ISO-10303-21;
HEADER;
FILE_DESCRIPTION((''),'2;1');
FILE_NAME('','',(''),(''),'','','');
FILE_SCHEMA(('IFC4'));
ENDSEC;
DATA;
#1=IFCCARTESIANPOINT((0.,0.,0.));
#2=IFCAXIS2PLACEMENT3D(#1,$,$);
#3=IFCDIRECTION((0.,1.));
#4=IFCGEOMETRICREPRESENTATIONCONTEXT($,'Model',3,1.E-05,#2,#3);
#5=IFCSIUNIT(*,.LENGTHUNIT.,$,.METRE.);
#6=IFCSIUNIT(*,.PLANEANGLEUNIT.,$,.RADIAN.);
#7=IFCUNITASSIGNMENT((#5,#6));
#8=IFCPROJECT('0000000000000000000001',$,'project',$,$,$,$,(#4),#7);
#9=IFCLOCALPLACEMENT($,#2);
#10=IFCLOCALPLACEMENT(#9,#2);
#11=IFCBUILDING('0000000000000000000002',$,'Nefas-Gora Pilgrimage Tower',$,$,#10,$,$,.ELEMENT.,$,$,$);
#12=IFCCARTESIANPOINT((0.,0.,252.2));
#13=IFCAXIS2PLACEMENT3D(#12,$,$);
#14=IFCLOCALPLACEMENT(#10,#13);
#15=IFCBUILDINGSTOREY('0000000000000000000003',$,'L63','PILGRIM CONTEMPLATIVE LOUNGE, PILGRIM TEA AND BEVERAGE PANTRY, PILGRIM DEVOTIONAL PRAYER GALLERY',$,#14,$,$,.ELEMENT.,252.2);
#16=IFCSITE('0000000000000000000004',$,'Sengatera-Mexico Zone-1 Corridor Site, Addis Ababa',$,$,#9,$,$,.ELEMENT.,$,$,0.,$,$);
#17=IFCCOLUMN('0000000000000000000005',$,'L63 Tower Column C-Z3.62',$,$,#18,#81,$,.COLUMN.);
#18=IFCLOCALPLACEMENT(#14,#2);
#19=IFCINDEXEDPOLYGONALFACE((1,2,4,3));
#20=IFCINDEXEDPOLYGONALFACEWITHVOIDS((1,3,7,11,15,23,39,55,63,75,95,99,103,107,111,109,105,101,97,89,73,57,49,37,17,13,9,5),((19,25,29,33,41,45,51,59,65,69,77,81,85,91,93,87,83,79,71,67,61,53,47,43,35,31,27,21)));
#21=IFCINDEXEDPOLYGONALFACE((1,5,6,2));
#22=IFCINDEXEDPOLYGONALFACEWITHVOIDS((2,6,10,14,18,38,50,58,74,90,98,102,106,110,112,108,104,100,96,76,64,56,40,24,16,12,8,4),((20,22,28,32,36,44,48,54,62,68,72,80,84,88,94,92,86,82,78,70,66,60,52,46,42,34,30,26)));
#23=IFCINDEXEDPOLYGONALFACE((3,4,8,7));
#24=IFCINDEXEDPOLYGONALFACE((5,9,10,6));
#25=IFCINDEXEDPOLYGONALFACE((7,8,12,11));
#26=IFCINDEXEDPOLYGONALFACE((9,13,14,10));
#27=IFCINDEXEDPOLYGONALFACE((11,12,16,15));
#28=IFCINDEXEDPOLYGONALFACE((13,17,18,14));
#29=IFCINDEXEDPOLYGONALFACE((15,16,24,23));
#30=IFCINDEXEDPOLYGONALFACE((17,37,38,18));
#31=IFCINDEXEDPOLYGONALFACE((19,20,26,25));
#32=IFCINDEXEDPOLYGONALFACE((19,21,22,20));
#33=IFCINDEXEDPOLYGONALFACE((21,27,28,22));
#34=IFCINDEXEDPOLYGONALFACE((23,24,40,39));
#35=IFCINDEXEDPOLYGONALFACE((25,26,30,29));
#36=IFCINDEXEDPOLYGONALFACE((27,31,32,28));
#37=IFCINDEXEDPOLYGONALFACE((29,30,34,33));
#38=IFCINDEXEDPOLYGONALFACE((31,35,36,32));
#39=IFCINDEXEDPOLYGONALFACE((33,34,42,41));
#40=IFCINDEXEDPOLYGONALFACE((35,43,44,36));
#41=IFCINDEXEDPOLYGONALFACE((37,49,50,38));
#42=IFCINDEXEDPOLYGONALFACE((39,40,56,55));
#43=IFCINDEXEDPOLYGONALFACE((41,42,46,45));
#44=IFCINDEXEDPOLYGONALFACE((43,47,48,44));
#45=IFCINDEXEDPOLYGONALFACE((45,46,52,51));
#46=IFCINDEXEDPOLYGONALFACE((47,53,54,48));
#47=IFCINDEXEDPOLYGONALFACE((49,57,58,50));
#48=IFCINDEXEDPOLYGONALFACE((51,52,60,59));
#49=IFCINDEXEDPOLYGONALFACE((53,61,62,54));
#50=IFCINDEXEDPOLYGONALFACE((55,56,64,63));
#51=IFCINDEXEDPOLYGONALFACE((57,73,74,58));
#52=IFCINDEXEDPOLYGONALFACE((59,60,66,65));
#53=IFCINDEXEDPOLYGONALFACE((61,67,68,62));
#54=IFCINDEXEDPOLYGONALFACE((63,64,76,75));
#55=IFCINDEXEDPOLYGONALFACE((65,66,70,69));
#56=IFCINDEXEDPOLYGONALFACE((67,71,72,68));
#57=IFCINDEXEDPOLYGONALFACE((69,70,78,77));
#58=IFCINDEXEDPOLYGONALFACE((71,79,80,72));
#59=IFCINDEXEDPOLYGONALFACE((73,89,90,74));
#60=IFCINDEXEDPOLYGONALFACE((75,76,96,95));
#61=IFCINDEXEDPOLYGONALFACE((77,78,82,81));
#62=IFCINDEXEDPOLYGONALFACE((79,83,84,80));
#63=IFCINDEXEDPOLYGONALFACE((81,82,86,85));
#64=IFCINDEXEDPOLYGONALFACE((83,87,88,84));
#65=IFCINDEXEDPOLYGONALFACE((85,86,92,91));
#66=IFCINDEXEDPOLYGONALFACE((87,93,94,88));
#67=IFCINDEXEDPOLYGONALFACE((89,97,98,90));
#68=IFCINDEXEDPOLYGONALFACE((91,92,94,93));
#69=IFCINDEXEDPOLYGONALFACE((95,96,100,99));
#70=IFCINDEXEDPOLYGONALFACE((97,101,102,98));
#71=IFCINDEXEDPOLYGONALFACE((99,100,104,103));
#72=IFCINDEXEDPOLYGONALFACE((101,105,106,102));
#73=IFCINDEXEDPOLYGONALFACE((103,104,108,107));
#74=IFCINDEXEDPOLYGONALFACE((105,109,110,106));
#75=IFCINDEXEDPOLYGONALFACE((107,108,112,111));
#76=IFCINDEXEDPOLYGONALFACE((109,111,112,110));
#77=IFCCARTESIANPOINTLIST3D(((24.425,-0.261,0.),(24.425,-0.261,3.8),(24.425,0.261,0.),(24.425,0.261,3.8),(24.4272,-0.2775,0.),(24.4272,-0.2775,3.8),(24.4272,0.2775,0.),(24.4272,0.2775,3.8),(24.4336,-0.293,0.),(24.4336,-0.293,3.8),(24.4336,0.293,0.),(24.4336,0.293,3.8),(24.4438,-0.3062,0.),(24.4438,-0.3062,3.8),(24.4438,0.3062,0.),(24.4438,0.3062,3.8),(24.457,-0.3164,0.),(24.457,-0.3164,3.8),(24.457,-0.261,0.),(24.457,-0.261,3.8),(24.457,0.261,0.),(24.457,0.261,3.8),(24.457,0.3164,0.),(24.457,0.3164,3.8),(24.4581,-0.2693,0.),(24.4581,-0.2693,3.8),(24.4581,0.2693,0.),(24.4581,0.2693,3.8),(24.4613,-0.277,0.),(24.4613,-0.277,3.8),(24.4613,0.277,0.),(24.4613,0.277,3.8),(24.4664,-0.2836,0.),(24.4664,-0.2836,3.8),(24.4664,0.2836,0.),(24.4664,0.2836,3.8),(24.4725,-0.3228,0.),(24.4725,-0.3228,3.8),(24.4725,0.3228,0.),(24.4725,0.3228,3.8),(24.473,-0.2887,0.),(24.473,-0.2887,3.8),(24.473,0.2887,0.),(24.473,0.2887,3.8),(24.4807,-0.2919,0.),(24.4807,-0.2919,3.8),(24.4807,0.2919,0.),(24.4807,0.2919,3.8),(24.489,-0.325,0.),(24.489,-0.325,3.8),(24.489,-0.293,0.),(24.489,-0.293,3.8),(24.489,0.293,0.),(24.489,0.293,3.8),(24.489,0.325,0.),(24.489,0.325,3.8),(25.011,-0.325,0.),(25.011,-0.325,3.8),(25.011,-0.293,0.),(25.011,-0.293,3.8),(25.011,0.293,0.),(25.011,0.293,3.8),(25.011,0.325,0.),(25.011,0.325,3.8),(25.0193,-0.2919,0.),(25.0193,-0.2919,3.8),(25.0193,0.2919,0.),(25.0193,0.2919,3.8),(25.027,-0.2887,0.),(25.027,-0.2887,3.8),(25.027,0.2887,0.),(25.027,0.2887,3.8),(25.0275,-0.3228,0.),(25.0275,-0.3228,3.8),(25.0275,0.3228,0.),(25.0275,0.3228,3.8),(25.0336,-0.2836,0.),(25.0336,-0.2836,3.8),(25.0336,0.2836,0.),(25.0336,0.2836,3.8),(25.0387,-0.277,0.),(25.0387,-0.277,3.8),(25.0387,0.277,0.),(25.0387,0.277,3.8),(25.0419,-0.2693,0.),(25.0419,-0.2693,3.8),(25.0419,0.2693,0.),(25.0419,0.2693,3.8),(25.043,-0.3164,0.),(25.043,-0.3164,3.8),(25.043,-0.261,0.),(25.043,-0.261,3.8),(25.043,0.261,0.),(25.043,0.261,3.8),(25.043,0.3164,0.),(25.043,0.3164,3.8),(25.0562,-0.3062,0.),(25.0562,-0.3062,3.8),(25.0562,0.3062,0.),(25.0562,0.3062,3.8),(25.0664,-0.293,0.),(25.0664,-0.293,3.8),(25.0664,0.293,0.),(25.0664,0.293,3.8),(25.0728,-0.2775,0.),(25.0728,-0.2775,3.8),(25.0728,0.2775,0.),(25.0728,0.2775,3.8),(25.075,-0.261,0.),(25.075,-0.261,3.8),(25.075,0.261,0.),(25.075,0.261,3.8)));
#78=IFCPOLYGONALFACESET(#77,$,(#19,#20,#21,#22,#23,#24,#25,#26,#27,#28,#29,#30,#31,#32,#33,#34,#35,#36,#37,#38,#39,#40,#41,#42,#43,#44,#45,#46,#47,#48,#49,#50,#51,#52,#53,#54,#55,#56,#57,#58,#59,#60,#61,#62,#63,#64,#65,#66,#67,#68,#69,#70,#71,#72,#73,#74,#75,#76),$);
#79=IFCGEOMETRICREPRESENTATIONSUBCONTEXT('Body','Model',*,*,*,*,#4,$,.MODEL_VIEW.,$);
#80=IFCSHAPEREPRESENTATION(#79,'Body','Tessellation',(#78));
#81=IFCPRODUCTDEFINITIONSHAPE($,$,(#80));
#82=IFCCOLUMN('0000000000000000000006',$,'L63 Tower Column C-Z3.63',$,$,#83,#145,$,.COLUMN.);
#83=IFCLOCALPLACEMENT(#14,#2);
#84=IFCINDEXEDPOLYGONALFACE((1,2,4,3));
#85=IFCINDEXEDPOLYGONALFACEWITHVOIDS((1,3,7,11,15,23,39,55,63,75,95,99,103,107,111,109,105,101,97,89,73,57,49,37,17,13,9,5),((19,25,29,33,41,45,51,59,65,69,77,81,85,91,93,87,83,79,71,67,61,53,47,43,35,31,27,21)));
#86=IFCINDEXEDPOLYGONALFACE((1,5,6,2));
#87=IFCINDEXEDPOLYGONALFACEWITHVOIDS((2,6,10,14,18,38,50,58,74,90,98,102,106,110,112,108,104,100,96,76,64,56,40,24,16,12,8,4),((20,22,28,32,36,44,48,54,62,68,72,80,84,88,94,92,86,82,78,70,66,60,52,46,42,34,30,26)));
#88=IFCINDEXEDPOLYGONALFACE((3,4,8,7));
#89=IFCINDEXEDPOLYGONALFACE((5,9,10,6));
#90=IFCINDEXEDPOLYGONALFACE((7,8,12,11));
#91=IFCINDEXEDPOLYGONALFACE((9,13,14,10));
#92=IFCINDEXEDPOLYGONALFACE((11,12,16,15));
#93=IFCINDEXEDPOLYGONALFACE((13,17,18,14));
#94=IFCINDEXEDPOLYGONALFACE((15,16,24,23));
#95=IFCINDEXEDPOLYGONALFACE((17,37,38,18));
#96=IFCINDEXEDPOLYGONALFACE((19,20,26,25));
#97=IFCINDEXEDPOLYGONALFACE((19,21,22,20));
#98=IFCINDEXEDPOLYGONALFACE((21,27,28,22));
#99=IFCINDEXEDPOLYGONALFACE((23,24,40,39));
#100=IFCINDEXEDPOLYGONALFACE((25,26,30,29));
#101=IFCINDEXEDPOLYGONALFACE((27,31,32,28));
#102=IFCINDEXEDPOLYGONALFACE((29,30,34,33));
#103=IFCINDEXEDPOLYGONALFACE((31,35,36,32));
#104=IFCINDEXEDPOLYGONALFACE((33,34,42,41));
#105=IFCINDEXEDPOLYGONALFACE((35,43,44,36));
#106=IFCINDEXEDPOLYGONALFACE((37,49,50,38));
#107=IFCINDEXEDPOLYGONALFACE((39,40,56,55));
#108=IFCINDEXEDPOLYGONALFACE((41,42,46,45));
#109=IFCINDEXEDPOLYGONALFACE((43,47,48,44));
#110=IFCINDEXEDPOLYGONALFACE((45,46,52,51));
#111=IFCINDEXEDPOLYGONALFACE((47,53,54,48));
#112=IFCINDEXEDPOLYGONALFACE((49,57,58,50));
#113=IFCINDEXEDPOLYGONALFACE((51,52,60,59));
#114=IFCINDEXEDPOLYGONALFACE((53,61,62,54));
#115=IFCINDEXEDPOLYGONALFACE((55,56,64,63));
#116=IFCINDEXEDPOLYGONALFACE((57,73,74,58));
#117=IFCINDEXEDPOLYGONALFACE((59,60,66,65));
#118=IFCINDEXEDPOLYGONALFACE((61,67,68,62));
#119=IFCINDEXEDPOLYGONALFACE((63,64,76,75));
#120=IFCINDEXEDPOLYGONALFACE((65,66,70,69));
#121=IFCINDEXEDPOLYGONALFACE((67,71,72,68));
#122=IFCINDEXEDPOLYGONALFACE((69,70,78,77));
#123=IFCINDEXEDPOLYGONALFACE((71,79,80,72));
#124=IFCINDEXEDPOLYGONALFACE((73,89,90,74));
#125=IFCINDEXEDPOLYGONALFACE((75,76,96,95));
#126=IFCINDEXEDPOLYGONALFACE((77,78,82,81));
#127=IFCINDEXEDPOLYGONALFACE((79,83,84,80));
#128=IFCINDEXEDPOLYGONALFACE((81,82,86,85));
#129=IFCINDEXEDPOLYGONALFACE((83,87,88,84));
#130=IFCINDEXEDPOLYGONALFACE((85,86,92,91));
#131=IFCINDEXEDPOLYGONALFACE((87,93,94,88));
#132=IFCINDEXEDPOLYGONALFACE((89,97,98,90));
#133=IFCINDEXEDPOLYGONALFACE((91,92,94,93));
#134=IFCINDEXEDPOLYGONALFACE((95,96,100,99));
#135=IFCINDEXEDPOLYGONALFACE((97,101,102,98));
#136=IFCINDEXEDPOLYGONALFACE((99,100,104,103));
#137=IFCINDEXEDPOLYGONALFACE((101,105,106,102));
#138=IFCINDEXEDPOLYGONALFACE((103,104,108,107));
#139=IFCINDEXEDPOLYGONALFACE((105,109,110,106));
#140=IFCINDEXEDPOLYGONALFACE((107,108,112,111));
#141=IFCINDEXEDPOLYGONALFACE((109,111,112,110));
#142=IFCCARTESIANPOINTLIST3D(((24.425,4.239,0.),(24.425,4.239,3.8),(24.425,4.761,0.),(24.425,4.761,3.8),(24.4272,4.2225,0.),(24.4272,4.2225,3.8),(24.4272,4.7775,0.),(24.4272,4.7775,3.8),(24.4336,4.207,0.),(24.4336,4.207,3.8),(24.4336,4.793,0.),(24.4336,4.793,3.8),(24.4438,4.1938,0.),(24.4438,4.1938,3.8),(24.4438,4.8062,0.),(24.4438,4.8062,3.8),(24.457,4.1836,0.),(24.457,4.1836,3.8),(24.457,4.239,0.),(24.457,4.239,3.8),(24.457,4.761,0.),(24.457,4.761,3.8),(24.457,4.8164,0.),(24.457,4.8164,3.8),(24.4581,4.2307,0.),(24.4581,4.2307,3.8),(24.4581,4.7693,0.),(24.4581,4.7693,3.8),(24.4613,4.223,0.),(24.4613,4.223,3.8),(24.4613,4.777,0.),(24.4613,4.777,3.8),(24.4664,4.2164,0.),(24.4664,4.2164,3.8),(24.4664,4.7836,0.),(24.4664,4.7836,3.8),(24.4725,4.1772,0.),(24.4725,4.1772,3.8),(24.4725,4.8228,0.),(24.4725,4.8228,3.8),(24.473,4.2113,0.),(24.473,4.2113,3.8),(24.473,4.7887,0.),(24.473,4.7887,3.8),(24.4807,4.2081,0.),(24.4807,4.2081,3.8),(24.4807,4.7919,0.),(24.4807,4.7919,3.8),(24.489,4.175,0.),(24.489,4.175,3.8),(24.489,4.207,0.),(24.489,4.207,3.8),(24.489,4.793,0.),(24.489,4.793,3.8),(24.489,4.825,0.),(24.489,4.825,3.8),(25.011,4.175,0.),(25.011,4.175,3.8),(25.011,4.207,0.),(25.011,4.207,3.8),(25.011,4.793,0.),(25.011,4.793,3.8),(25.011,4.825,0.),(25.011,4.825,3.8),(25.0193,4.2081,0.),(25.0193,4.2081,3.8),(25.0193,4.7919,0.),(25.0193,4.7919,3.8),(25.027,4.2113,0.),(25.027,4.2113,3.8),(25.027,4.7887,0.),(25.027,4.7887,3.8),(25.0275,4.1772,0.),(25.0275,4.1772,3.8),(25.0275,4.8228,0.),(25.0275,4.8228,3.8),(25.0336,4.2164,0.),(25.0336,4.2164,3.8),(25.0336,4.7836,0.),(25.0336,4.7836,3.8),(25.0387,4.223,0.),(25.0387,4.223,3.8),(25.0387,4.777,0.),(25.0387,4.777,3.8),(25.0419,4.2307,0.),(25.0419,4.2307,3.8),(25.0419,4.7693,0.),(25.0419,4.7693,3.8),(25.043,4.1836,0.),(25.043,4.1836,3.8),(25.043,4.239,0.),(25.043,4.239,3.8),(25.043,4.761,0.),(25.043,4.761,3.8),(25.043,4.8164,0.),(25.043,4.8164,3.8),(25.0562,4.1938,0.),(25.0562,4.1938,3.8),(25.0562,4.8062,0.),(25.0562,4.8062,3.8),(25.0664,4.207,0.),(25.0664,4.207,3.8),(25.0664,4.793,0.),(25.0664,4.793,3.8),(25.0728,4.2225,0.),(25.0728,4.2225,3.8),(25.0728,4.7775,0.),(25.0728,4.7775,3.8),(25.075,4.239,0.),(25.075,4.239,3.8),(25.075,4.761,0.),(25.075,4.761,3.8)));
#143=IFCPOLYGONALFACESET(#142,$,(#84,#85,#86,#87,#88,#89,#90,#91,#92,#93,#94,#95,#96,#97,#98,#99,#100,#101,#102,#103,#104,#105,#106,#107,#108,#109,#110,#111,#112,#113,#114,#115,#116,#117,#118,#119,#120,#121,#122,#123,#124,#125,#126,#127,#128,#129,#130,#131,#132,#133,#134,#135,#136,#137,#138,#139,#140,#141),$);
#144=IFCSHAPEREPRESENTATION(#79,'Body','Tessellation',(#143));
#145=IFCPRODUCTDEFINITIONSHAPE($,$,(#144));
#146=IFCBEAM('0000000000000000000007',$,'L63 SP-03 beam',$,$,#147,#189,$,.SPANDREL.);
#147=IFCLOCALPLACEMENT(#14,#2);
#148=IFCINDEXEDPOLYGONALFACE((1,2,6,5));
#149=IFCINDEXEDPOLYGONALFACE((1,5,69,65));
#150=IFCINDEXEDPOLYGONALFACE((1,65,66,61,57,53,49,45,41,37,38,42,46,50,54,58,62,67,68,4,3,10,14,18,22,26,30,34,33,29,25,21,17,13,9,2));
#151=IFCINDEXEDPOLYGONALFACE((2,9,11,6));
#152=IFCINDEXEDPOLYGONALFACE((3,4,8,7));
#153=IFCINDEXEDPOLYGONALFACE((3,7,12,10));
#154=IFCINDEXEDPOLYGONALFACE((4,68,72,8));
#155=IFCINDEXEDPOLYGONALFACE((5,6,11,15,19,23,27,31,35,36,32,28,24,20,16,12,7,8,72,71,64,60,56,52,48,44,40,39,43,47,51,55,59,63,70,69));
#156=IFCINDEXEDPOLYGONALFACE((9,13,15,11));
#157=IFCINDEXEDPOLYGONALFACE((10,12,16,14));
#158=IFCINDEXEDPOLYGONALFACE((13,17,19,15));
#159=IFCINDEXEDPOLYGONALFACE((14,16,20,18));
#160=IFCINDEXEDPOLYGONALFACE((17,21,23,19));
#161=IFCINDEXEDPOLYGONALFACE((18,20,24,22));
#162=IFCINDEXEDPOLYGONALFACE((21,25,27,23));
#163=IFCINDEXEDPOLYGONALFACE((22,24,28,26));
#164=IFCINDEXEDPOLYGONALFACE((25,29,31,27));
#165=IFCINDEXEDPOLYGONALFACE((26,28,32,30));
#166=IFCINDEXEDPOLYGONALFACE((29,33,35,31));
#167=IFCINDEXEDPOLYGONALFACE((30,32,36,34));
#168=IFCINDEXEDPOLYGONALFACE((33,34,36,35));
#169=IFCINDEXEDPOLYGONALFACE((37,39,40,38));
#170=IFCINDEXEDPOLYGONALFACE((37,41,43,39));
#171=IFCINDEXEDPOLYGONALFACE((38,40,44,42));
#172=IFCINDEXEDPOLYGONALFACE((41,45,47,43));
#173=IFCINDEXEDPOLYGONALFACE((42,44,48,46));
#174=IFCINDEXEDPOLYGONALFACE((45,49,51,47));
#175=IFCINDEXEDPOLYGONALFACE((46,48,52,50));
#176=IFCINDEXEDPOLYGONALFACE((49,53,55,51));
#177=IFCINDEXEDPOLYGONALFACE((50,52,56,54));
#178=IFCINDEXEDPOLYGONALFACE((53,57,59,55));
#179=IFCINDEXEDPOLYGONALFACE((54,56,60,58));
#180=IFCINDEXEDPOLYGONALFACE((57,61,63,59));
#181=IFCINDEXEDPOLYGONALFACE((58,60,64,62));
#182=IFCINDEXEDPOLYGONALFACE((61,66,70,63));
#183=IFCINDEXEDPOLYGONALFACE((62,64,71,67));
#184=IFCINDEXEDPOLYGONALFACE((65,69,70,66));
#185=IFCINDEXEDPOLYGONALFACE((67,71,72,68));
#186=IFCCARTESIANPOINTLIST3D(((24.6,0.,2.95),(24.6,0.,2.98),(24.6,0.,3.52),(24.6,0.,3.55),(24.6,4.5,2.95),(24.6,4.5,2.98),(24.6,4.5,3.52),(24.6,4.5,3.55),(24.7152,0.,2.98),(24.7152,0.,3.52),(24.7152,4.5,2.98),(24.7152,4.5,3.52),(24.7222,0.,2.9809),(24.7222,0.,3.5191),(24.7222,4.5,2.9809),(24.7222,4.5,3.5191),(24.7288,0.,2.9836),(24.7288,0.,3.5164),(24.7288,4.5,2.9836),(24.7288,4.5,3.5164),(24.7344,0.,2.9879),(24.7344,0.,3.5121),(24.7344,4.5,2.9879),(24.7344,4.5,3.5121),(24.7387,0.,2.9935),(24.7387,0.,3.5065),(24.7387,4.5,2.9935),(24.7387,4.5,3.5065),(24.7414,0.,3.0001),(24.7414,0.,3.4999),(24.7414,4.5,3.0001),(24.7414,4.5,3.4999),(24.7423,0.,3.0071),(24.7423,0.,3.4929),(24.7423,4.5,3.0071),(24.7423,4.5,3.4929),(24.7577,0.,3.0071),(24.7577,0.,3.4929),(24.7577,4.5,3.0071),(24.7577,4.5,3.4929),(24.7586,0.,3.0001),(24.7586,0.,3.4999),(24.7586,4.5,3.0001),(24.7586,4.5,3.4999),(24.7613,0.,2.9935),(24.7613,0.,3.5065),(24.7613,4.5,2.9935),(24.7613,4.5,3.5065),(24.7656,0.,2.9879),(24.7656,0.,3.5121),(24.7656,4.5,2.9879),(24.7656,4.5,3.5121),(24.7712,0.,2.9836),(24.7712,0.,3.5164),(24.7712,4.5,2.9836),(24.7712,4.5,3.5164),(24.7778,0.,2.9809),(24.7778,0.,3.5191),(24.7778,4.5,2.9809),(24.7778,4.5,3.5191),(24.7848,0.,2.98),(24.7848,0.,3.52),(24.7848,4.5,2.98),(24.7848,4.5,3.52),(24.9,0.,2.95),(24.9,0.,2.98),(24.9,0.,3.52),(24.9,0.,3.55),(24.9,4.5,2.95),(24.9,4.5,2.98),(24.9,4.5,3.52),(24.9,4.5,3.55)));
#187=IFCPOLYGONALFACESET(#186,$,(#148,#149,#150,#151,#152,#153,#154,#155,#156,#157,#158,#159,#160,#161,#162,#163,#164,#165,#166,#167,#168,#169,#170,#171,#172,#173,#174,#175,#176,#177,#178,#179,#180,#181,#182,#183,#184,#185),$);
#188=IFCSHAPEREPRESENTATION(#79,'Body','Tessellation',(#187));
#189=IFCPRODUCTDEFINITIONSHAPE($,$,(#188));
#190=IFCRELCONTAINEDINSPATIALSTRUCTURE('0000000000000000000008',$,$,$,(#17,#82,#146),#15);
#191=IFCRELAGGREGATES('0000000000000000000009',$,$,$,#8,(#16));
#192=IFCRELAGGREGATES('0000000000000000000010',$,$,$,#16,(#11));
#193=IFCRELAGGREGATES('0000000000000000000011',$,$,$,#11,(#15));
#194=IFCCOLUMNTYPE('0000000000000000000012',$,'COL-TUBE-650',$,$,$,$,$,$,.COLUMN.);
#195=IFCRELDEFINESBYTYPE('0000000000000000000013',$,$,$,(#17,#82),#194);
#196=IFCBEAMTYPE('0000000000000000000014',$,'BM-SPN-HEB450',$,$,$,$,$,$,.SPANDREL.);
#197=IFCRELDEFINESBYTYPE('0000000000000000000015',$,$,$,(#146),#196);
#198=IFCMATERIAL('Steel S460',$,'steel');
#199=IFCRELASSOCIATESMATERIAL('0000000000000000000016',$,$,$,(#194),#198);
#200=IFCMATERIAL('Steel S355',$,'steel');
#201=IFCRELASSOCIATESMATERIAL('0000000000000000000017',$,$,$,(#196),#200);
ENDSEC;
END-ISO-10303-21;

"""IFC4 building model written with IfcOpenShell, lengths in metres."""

from ifc_helpers import new_model, si_unit, direction, frame, origin, origin_2d, place, context, subcontext, project, spatial, hollow_rectangle, i_section, extrude, source, transform, mapped, material, material_profile, profile_set, type_object, element, save


model = new_model("IFC4")

# Units and contexts
model_context = context("Model", 3, precision=1e-05, world=origin(), true_north=direction((0.0, 1.0)))
body_context = subcontext(model_context, "Body", "Model", "MODEL_VIEW")
ifc_project = project(units=[si_unit("LENGTHUNIT", "METRE"), si_unit("PLANEANGLEUNIT", "RADIAN")], contexts=[model_context])

# Site, building, storey
site_placement = place(None, origin())
site = spatial("IfcSite", under=ifc_project, at=site_placement, Name="Sengatera-Mexico Zone-1 Corridor Site, Addis Ababa", CompositionType="ELEMENT", RefElevation=0.0)
building_placement = place(site_placement, origin())
building = spatial("IfcBuilding", under=site, at=building_placement, Name="Nefas-Gora Pilgrimage Tower", CompositionType="ELEMENT")
storey_placement = place(building_placement, frame((0.0, 0.0, 252.2)))
storey = spatial("IfcBuildingStorey", under=building, at=storey_placement, Name="L63", Description="PILGRIM CONTEMPLATIVE LOUNGE, PILGRIM TEA AND BEVERAGE PANTRY, PILGRIM DEVOTIONAL PRAYER GALLERY", CompositionType="ELEMENT", Elevation=252.2)

# Columns
ifc_material_1 = material(Name="Steel S460", Category="steel")
ifc_material_profile_1 = material_profile(ifc_material_1, hollow_rectangle(XDim=0.6499, YDim=0.6499, WallThickness=0.032, InnerFilletRadius=0.032, OuterFilletRadius=0.064, at=origin_2d()), Name="BOX 650x650x32")
ifc_profile_set_1 = profile_set([ifc_material_profile_1], Name="Steel S460")
column_type_1 = type_object("IfcColumnType", Name="COL-TUBE-650", PredefinedType="COLUMN", material=ifc_profile_set_1)
shared_shape_1 = source(origin(), body_context, "Body", "SweptSolid", [
    extrude(hollow_rectangle(XDim=0.6499, YDim=0.6499, WallThickness=0.032, InnerFilletRadius=0.032, OuterFilletRadius=0.064, at=origin_2d()), origin(), (0.0, 0.0, 1.0), 3.8),
])
for number, where, z_axis, x_axis, name in (
    (1, (24.75, 0.0, 0.0), (0.0, 0.0, 1.0), (1.0, 0.0, 0.0), "L63 Tower Column C-Z3.62"),
    (2, (24.75, 4.5, 0.0), (0.0, 0.0, 1.0), (1.0, 0.0, 0.0), "L63 Tower Column C-Z3.63"),
):
    element("IfcColumn", number, at=place(storey_placement, frame(where, z_axis=z_axis, x_axis=x_axis)), inside=storey, type_object=column_type_1, Name=name, PredefinedType="COLUMN", context=body_context, shape_type="MappedRepresentation", body=[
        mapped(shared_shape_1, transform((0.0, 0.0, 0.0), x_axis=(1.0, 0.0, 0.0), y_axis=(0.0, 1.0, 0.0), z_axis=(0.0, 0.0, 1.0), scale=1.0)),
    ])

# Beam
ifc_material_2 = material(Name="Steel S355", Category="steel")
ifc_material_profile_2 = material_profile(ifc_material_2, i_section(OverallWidth=0.3, OverallDepth=0.6001, WebThickness=0.0154, FlangeThickness=0.03, FilletRadius=0.0271, at=origin_2d()), Name="HEB 600")
ifc_profile_set_2 = profile_set([ifc_material_profile_2], Name="Steel S355")
beam_type_1 = type_object("IfcBeamType", Name="BM-SPN-HEB450", PredefinedType="SPANDREL", material=ifc_profile_set_2)
shared_shape_2 = source(origin(), body_context, "Body", "SweptSolid", [
    extrude(i_section(OverallWidth=0.3, OverallDepth=0.6001, WebThickness=0.0154, FlangeThickness=0.03, FilletRadius=0.0271, at=origin_2d()), origin(), (0.0, 0.0, 1.0), 4.5),
])
for number, where, z_axis, x_axis, name in (
    (3, (24.75, 0.0, 3.25), (0.0, 1.0, 0.0), (-1.0, 0.0, 0.0), "L63 SP-03 beam"),
):
    element("IfcBeam", number, at=place(storey_placement, frame(where, z_axis=z_axis, x_axis=x_axis)), inside=storey, type_object=beam_type_1, Name=name, PredefinedType="SPANDREL", context=body_context, shape_type="MappedRepresentation", body=[
        mapped(shared_shape_2, transform((0.0, 0.0, 0.0), x_axis=(1.0, 0.0, 0.0), y_axis=(0.0, 1.0, 0.0), z_axis=(0.0, 0.0, 1.0), scale=1.0)),
    ])

save(model, "model.ifc")
